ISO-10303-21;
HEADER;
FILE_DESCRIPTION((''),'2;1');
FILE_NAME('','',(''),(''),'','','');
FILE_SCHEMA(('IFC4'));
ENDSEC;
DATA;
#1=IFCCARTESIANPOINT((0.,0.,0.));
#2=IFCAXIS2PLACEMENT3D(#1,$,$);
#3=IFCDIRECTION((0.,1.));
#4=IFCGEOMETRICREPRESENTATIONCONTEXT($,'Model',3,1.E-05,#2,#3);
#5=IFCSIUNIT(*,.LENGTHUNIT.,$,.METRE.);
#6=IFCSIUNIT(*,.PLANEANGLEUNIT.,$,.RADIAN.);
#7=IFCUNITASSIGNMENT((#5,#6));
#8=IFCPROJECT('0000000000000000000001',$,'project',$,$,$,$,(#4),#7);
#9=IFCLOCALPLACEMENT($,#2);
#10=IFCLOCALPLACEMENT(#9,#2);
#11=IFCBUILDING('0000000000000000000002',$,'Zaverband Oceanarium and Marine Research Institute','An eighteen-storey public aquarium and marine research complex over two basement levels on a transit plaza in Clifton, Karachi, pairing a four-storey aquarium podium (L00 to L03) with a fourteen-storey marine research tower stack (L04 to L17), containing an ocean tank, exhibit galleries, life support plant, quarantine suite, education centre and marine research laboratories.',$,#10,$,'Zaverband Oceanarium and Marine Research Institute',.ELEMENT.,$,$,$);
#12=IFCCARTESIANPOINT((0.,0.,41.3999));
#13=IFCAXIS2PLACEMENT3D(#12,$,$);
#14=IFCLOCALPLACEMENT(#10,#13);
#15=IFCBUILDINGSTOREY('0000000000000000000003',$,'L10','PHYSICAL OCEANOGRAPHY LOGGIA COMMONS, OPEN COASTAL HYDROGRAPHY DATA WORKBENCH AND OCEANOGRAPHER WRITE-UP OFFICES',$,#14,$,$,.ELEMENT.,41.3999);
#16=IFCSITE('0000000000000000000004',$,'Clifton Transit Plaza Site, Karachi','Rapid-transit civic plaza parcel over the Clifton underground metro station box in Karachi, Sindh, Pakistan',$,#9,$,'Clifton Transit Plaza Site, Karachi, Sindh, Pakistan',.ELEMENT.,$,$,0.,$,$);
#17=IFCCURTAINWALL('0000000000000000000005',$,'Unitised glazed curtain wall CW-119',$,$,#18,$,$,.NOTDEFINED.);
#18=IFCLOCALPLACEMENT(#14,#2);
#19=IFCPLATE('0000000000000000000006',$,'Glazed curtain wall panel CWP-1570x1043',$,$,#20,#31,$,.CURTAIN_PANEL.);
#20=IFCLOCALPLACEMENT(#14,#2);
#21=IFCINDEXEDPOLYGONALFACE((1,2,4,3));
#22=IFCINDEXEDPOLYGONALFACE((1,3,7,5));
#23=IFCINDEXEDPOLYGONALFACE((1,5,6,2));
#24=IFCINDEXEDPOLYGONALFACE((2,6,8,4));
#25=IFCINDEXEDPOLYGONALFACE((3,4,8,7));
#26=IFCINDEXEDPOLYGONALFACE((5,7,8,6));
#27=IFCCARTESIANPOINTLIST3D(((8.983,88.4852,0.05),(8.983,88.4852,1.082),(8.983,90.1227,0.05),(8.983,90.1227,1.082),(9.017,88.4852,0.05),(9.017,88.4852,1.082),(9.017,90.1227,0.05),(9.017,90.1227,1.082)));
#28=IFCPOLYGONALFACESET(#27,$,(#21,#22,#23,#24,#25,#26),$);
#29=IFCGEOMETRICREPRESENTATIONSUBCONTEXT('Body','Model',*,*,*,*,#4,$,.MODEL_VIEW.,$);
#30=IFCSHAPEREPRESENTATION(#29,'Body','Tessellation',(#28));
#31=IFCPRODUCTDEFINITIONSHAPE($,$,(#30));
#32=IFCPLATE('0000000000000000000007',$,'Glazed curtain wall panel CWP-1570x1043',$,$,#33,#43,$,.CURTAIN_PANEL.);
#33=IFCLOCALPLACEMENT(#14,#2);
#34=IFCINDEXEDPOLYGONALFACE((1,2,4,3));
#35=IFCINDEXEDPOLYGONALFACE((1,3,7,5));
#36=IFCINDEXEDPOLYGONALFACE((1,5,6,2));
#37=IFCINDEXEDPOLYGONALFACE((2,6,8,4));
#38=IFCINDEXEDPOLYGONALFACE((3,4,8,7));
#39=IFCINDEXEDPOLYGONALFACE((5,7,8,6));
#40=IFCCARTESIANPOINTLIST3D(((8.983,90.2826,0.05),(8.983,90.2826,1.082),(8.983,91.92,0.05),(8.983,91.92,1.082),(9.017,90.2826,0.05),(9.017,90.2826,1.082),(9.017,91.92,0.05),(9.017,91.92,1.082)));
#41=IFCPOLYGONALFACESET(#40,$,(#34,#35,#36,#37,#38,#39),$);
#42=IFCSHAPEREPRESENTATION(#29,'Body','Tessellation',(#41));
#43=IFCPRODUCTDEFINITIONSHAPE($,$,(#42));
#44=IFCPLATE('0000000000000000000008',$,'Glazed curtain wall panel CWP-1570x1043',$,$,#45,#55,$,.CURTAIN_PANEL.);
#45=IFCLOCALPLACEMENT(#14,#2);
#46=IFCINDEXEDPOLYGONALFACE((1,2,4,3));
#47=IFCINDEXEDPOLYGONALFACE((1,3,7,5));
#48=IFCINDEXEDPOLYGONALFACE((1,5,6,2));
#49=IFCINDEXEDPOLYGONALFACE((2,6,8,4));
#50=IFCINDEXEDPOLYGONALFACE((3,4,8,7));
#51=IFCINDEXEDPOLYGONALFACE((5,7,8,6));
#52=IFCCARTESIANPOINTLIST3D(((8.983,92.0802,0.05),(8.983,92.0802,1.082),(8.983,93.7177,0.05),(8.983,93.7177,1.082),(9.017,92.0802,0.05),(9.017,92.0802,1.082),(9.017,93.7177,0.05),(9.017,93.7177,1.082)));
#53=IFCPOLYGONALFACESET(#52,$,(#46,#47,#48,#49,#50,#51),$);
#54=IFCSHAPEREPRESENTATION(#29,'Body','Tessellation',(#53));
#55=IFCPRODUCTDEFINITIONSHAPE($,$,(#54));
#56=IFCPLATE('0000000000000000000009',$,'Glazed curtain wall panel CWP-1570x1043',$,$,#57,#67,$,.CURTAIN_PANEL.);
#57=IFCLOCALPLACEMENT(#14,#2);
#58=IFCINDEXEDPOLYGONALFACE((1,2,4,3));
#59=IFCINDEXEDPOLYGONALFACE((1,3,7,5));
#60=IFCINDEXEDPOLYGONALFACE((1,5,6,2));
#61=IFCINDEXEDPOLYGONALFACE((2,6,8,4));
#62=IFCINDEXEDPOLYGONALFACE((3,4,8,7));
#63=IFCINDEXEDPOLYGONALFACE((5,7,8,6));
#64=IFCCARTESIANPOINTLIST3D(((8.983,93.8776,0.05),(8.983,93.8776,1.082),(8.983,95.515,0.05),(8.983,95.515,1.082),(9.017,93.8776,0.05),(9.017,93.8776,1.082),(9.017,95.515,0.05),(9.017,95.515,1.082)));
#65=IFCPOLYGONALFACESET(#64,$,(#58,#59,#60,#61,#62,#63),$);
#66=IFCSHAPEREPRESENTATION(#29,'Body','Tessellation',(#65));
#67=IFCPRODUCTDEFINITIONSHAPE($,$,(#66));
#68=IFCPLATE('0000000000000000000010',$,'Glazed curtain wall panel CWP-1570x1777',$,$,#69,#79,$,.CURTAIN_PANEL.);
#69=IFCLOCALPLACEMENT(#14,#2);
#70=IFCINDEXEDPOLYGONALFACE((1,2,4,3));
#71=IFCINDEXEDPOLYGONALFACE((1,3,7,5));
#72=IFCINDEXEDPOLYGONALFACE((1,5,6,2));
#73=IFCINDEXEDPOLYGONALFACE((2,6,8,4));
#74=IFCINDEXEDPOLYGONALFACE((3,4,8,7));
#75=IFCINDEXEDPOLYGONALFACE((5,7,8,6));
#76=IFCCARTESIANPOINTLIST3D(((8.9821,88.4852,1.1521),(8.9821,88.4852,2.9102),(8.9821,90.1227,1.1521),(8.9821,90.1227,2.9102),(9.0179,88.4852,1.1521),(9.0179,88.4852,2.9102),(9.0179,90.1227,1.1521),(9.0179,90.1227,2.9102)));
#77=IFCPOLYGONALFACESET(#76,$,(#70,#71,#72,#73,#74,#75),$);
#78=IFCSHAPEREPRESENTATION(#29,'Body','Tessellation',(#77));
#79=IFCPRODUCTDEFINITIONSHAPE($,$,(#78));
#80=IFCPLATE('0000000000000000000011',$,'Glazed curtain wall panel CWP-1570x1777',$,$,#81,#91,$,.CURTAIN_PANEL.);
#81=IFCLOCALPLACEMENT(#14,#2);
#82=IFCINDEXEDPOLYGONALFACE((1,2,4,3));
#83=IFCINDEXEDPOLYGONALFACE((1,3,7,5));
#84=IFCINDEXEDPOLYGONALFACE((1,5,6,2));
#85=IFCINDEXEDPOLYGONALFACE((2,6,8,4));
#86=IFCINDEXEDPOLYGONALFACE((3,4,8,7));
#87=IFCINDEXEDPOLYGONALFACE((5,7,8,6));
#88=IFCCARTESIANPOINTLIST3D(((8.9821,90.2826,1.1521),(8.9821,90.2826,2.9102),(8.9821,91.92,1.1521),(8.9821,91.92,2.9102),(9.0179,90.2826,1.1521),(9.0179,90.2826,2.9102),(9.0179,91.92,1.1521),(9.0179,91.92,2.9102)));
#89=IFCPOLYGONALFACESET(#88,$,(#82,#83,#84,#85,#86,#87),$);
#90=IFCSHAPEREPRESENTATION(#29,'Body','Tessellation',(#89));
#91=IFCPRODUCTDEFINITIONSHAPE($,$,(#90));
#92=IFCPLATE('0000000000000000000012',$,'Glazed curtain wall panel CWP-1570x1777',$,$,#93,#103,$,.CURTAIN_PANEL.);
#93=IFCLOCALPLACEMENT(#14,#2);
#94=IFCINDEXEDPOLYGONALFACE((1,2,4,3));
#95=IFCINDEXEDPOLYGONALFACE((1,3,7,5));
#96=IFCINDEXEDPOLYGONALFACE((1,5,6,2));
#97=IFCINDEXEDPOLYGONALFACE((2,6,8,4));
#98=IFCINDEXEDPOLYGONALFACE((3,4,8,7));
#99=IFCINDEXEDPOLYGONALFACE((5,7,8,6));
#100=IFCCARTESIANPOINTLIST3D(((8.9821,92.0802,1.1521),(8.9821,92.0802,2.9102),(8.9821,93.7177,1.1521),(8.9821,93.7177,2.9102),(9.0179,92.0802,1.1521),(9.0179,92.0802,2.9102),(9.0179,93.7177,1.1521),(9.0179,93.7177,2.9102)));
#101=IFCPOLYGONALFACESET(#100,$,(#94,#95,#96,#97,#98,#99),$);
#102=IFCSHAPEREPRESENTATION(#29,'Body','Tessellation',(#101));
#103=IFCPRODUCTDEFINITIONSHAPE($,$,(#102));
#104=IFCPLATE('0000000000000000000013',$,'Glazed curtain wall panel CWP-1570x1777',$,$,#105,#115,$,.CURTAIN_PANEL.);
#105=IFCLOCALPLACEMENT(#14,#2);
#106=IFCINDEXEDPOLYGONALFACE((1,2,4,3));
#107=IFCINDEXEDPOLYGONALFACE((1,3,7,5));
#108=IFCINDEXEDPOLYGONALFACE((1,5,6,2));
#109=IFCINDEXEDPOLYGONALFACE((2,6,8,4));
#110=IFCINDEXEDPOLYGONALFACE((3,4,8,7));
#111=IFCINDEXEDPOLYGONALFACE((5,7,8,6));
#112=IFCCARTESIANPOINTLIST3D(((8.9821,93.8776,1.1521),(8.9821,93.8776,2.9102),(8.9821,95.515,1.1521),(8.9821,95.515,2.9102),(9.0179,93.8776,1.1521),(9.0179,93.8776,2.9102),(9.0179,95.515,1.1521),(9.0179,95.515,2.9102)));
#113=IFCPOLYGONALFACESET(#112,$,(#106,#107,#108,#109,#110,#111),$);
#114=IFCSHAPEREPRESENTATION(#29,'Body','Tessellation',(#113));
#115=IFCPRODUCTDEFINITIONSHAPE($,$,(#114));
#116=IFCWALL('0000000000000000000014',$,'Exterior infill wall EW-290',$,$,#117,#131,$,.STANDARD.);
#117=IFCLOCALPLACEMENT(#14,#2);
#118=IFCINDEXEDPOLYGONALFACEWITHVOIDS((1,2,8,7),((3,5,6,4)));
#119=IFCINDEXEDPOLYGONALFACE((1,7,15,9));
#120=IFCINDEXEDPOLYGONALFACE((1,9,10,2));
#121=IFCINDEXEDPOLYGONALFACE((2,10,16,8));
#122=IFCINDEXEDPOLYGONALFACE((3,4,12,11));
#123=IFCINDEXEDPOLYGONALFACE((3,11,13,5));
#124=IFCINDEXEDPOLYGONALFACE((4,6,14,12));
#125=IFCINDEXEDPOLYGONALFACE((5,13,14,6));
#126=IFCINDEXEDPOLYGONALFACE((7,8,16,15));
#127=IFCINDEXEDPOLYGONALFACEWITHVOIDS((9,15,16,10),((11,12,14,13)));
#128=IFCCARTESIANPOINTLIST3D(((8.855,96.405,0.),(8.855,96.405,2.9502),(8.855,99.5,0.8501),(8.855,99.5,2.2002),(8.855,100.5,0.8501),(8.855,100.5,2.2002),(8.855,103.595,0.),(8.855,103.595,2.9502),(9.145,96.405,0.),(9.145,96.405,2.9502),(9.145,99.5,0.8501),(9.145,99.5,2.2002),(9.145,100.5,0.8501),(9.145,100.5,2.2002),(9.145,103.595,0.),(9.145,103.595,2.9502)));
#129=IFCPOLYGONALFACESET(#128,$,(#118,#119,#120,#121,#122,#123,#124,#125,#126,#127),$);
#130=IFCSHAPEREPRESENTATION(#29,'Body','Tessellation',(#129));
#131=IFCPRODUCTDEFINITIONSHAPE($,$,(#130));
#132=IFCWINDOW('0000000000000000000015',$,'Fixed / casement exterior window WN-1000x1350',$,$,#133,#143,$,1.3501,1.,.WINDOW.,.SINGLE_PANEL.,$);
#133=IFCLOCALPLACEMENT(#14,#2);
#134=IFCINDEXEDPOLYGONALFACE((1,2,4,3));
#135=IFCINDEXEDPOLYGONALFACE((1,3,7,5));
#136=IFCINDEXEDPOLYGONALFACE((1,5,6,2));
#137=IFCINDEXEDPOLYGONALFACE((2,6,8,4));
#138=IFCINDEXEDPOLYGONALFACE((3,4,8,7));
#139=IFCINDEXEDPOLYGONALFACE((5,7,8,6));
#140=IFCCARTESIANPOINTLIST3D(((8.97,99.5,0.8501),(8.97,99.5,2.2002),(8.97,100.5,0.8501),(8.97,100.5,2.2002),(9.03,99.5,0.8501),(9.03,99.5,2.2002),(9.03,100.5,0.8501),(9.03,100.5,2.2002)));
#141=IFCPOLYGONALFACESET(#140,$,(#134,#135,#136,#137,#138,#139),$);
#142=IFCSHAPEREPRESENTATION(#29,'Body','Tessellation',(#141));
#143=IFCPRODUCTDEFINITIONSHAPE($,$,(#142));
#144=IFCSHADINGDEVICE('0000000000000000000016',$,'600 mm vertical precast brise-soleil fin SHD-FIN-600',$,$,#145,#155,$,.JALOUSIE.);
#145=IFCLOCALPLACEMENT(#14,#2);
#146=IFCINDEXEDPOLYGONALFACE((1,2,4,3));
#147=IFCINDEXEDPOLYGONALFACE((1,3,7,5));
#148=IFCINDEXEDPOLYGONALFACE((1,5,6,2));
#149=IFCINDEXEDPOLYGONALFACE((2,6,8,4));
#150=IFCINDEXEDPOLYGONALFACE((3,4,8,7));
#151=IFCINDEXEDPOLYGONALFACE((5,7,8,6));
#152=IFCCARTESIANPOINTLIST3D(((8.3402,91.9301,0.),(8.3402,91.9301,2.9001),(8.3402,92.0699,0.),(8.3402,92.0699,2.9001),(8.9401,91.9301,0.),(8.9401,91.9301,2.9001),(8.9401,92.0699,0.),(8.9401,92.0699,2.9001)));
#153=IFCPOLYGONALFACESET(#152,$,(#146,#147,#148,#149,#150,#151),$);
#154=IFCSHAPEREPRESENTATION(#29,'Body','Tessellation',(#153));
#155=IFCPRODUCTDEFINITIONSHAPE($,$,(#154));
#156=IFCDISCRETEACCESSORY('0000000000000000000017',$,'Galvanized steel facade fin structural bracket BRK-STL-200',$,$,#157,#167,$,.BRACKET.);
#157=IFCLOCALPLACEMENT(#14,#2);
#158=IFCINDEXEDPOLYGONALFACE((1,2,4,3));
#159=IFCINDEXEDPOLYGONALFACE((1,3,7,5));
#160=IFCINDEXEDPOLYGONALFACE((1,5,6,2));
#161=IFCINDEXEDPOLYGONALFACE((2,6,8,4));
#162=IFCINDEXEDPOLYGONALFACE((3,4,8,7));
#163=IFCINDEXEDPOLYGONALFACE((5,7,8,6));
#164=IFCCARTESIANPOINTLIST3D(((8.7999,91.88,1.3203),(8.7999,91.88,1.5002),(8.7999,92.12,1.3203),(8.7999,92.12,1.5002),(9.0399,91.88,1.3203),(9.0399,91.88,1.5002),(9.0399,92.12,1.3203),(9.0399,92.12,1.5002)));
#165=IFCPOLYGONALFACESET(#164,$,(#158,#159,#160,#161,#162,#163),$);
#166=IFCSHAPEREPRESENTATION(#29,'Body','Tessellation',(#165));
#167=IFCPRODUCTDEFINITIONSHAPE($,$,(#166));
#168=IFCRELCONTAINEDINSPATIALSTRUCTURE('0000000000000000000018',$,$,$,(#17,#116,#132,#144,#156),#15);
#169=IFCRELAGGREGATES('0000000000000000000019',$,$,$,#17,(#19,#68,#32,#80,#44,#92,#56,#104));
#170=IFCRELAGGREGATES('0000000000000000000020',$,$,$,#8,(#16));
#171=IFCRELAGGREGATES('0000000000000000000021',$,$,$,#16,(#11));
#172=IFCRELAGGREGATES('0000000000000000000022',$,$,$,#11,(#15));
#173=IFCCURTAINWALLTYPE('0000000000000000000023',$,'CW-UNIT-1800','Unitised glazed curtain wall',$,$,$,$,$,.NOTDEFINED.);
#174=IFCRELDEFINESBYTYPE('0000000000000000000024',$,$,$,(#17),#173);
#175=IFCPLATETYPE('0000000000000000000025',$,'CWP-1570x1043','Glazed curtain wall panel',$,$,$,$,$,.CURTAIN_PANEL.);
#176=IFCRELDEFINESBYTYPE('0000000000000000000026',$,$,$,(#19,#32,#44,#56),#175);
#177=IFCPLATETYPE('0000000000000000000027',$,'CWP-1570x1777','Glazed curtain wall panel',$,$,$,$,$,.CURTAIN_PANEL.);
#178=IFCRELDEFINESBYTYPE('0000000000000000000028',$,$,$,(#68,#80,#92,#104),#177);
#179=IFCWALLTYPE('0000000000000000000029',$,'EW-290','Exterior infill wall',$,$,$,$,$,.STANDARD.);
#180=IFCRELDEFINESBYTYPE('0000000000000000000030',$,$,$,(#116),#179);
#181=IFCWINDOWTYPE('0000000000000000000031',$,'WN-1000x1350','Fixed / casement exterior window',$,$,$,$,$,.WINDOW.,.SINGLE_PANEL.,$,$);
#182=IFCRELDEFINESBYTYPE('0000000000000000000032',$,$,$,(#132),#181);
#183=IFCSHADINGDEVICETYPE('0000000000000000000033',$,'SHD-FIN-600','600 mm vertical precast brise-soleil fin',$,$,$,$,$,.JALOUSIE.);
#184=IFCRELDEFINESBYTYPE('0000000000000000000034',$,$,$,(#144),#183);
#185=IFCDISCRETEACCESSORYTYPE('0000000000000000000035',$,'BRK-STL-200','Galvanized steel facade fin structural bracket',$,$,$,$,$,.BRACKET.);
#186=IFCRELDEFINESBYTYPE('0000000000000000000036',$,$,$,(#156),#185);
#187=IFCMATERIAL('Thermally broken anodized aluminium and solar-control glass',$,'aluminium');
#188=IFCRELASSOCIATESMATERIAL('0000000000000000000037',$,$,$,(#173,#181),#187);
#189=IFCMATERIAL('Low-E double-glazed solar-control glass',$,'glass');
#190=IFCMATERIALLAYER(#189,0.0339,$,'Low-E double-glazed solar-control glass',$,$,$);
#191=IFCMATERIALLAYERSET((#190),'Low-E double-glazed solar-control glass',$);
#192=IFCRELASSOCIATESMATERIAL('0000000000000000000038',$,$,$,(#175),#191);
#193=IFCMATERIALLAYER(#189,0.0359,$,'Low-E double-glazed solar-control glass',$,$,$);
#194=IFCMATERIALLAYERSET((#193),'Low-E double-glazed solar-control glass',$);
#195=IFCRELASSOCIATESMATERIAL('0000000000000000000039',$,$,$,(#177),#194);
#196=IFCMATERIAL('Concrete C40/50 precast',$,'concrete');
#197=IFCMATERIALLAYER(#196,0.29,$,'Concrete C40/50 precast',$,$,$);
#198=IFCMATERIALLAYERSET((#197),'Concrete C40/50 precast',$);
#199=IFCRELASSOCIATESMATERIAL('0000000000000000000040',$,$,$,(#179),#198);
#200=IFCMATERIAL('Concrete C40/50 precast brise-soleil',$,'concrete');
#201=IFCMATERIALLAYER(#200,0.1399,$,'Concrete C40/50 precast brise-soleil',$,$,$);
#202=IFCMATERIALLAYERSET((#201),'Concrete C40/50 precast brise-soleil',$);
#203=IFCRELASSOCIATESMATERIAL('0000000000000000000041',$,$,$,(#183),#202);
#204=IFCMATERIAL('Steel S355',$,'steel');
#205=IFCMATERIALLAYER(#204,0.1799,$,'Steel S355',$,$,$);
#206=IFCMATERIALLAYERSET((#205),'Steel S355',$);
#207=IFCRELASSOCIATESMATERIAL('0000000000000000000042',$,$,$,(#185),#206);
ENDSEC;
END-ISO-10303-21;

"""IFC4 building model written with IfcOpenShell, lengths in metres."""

from ifc_helpers import new_model, si_unit, direction, frame, frame_2d, origin, origin_2d, place, context, subcontext, project, spatial, rectangle, extrude, material, layer, layer_set, type_object, element, fill, aggregate, save


model = new_model("IFC4")

# Units and contexts
model_context = context("Model", 3, precision=1e-05, world=origin(), true_north=direction((0.0, 1.0)))
body_context = subcontext(model_context, "Body", "Model", "MODEL_VIEW")
ifc_project = project(units=[si_unit("LENGTHUNIT", "METRE"), si_unit("PLANEANGLEUNIT", "RADIAN")], contexts=[model_context])

# Site, building, storey
site_placement = place(None, origin())
site = spatial("IfcSite", under=ifc_project, at=site_placement, Name="Clifton Transit Plaza Site, Karachi", Description="Rapid-transit civic plaza parcel over the Clifton underground metro station box in Karachi, Sindh, Pakistan", LongName="Clifton Transit Plaza Site, Karachi, Sindh, Pakistan", CompositionType="ELEMENT", RefElevation=0.0)
building_placement = place(site_placement, origin())
building = spatial("IfcBuilding", under=site, at=building_placement, Name="Zaverband Oceanarium and Marine Research Institute", Description="An eighteen-storey public aquarium and marine research complex over two basement levels on a transit plaza in Clifton, Karachi, pairing a four-storey aquarium podium (L00 to L03) with a fourteen-storey marine research tower stack (L04 to L17), containing an ocean tank, exhibit galleries, life support plant, quarantine suite, education centre and marine research laboratories.", LongName="Zaverband Oceanarium and Marine Research Institute", CompositionType="ELEMENT")
storey_placement = place(building_placement, frame((0.0, 0.0, 41.3999)))
storey = spatial("IfcBuildingStorey", under=building, at=storey_placement, Name="L10", Description="PHYSICAL OCEANOGRAPHY LOGGIA COMMONS, OPEN COASTAL HYDROGRAPHY DATA WORKBENCH AND OCEANOGRAPHER WRITE-UP OFFICES", CompositionType="ELEMENT", Elevation=41.3999)

# Curtain wall
ifc_material_1 = material(Name="Thermally broken anodized aluminium and solar-control glass", Category="aluminium")
curtain_wall_type = type_object("IfcCurtainWallType", Name="CW-UNIT-1800", Description="Unitised glazed curtain wall", PredefinedType="NOTDEFINED", material=ifc_material_1)
curtain_wall_placement = place(storey_placement, origin())
curtain_wall = element("IfcCurtainWall", 1, at=curtain_wall_placement, inside=storey, type_object=curtain_wall_type, Name="Unitised glazed curtain wall CW-119", PredefinedType="NOTDEFINED")

# Plates
ifc_material_2 = material(Name="Low-E double-glazed solar-control glass", Category="glass")
ifc_layer_1 = layer(ifc_material_2, 0.0339, Name="Low-E double-glazed solar-control glass")
ifc_layer_set_1 = layer_set([ifc_layer_1], Name="Low-E double-glazed solar-control glass")
plate_type_1 = type_object("IfcPlateType", Name="CWP-1570x1043", Description="Glazed curtain wall panel", PredefinedType="CURTAIN_PANEL", material=ifc_layer_set_1)
plate_1_placement = place(storey_placement, frame((9.0, 88.4851, 0.05), z_axis=(0.0, 0.0, 1.0), x_axis=(0.0, 1.0, 0.0)))
plate_1 = element("IfcPlate", 2, at=plate_1_placement, type_object=plate_type_1, Name="Glazed curtain wall panel CWP-1570x1043", PredefinedType="CURTAIN_PANEL", context=body_context, shape_type="SweptSolid", body=[
    extrude(rectangle(XDim=1.6375, YDim=0.0339, at=frame_2d((0.8188, 0.0))), origin(), (0.0, 0.0, 1.0), 1.032),
])
plate_2_placement = place(storey_placement, frame((9.0, 90.2825, 0.05), z_axis=(0.0, 0.0, 1.0), x_axis=(0.0, 1.0, 0.0)))
plate_2 = element("IfcPlate", 3, at=plate_2_placement, type_object=plate_type_1, Name="Glazed curtain wall panel CWP-1570x1043", PredefinedType="CURTAIN_PANEL", context=body_context, shape_type="SweptSolid", body=[
    extrude(rectangle(XDim=1.6375, YDim=0.0339, at=frame_2d((0.8188, 0.0))), origin(), (0.0, 0.0, 1.0), 1.032),
])
plate_3_placement = place(storey_placement, frame((9.0, 92.0801, 0.05), z_axis=(0.0, 0.0, 1.0), x_axis=(0.0, 1.0, 0.0)))
plate_3 = element("IfcPlate", 4, at=plate_3_placement, type_object=plate_type_1, Name="Glazed curtain wall panel CWP-1570x1043", PredefinedType="CURTAIN_PANEL", context=body_context, shape_type="SweptSolid", body=[
    extrude(rectangle(XDim=1.6375, YDim=0.0339, at=frame_2d((0.8188, 0.0))), origin(), (0.0, 0.0, 1.0), 1.032),
])
plate_4_placement = place(storey_placement, frame((9.0, 93.8774, 0.05), z_axis=(0.0, 0.0, 1.0), x_axis=(0.0, 1.0, 0.0)))
plate_4 = element("IfcPlate", 5, at=plate_4_placement, type_object=plate_type_1, Name="Glazed curtain wall panel CWP-1570x1043", PredefinedType="CURTAIN_PANEL", context=body_context, shape_type="SweptSolid", body=[
    extrude(rectangle(XDim=1.6375, YDim=0.0339, at=frame_2d((0.8188, 0.0))), origin(), (0.0, 0.0, 1.0), 1.032),
])
ifc_layer_2 = layer(ifc_material_2, 0.0359, Name="Low-E double-glazed solar-control glass")
ifc_layer_set_2 = layer_set([ifc_layer_2], Name="Low-E double-glazed solar-control glass")
plate_type_2 = type_object("IfcPlateType", Name="CWP-1570x1777", Description="Glazed curtain wall panel", PredefinedType="CURTAIN_PANEL", material=ifc_layer_set_2)
plate_5_placement = place(storey_placement, frame((9.0, 88.4851, 1.1521), z_axis=(0.0, 0.0, 1.0), x_axis=(0.0, 1.0, 0.0)))
plate_5 = element("IfcPlate", 6, at=plate_5_placement, type_object=plate_type_2, Name="Glazed curtain wall panel CWP-1570x1777", PredefinedType="CURTAIN_PANEL", context=body_context, shape_type="SweptSolid", body=[
    extrude(rectangle(XDim=1.6375, YDim=0.0359, at=frame_2d((0.8188, 0.0))), origin(), (0.0, 0.0, 1.0), 1.7581),
])
plate_6_placement = place(storey_placement, frame((9.0, 90.2825, 1.1521), z_axis=(0.0, 0.0, 1.0), x_axis=(0.0, 1.0, 0.0)))
plate_6 = element("IfcPlate", 7, at=plate_6_placement, type_object=plate_type_2, Name="Glazed curtain wall panel CWP-1570x1777", PredefinedType="CURTAIN_PANEL", context=body_context, shape_type="SweptSolid", body=[
    extrude(rectangle(XDim=1.6375, YDim=0.0359, at=frame_2d((0.8188, 0.0))), origin(), (0.0, 0.0, 1.0), 1.7581),
])
plate_7_placement = place(storey_placement, frame((9.0, 92.0801, 1.1521), z_axis=(0.0, 0.0, 1.0), x_axis=(0.0, 1.0, 0.0)))
plate_7 = element("IfcPlate", 8, at=plate_7_placement, type_object=plate_type_2, Name="Glazed curtain wall panel CWP-1570x1777", PredefinedType="CURTAIN_PANEL", context=body_context, shape_type="SweptSolid", body=[
    extrude(rectangle(XDim=1.6375, YDim=0.0359, at=frame_2d((0.8188, 0.0))), origin(), (0.0, 0.0, 1.0), 1.7581),
])
plate_8_placement = place(storey_placement, frame((9.0, 93.8774, 1.1521), z_axis=(0.0, 0.0, 1.0), x_axis=(0.0, 1.0, 0.0)))
plate_8 = element("IfcPlate", 9, at=plate_8_placement, type_object=plate_type_2, Name="Glazed curtain wall panel CWP-1570x1777", PredefinedType="CURTAIN_PANEL", context=body_context, shape_type="SweptSolid", body=[
    extrude(rectangle(XDim=1.6375, YDim=0.0359, at=frame_2d((0.8188, 0.0))), origin(), (0.0, 0.0, 1.0), 1.7581),
])
aggregate(curtain_wall, [plate_1, plate_5, plate_2, plate_6, plate_3, plate_7, plate_4, plate_8])

# Wall, opening, window
ifc_material_3 = material(Name="Concrete C40/50 precast", Category="concrete")
ifc_layer_3 = layer(ifc_material_3, 0.29, Name="Concrete C40/50 precast")
ifc_layer_set_3 = layer_set([ifc_layer_3], Name="Concrete C40/50 precast")
wall_type = type_object("IfcWallType", Name="EW-290", Description="Exterior infill wall", PredefinedType="STANDARD", material=ifc_layer_set_3)
wall_placement = place(storey_placement, frame((9.0, 96.405, 0.0), z_axis=(0.0, 0.0, 1.0), x_axis=(0.0, 1.0, 0.0)))
wall = element("IfcWall", 10, at=wall_placement, inside=storey, type_object=wall_type, Name="Exterior infill wall EW-290", PredefinedType="STANDARD", context=body_context, shape_type="SweptSolid", body=[
    extrude(rectangle(XDim=7.1899, YDim=0.29, at=frame_2d((3.595, 0.0))), origin(), (0.0, 0.0, 1.0), 2.9502),
])
opening_placement = place(wall_placement, frame((3.095, 0.0, 0.8501)))
opening = element("IfcOpeningElement", 11, at=opening_placement, cuts=wall, PredefinedType="OPENING", context=body_context, shape_type="SweptSolid", body=[
    extrude(rectangle(XDim=1.0, YDim=1.3501, at=frame_2d((0.5, 0.675))), frame((0.0, 0.157, 0.0), z_axis=(0.0, -1.0, 0.0), x_axis=(1.0, 0.0, 0.0)), (0.0, 0.0, 1.0), 0.314),
])
window_type = type_object("IfcWindowType", Name="WN-1000x1350", Description="Fixed / casement exterior window", PartitioningType="SINGLE_PANEL", PredefinedType="WINDOW", material=ifc_material_1)
window_placement = place(opening_placement, origin())
window = element("IfcWindow", 12, at=window_placement, inside=storey, type_object=window_type, Name="Fixed / casement exterior window WN-1000x1350", OverallHeight=1.3501, OverallWidth=1.0, PartitioningType="SINGLE_PANEL", PredefinedType="WINDOW", context=body_context, shape_type="SweptSolid", body=[
    extrude(rectangle(XDim=1.0, YDim=1.3501, at=frame_2d((0.5, 0.675))), frame((0.0, 0.03, 0.0), z_axis=(0.0, -1.0, 0.0), x_axis=(1.0, 0.0, 0.0)), (0.0, 0.0, 1.0), 0.0601),
])
fill(opening, window)

# Shading device
ifc_material_4 = material(Name="Concrete C40/50 precast brise-soleil", Category="concrete")
ifc_layer_4 = layer(ifc_material_4, 0.1399, Name="Concrete C40/50 precast brise-soleil")
ifc_layer_set_4 = layer_set([ifc_layer_4], Name="Concrete C40/50 precast brise-soleil")
shading_device_type = type_object("IfcShadingDeviceType", Name="SHD-FIN-600", Description="600 mm vertical precast brise-soleil fin", PredefinedType="JALOUSIE", material=ifc_layer_set_4)
shading_device_placement = place(storey_placement, frame((8.9399, 92.0, 0.0), z_axis=(0.0, 0.0, 1.0), x_axis=(-1.0, 0.0, 0.0)))
element("IfcShadingDevice", 13, at=shading_device_placement, inside=storey, type_object=shading_device_type, Name="600 mm vertical precast brise-soleil fin SHD-FIN-600", PredefinedType="JALOUSIE", context=body_context, shape_type="SweptSolid", body=[
    extrude(rectangle(XDim=0.5999, YDim=0.1399, at=frame_2d((0.2998, 0.0))), origin(), (0.0, 0.0, 1.0), 2.9001),
])

# Discrete accessory
ifc_material_5 = material(Name="Steel S355", Category="steel")
ifc_layer_5 = layer(ifc_material_5, 0.1799, Name="Steel S355")
ifc_layer_set_5 = layer_set([ifc_layer_5], Name="Steel S355")
discrete_accessory_type = type_object("IfcDiscreteAccessoryType", Name="BRK-STL-200", Description="Galvanized steel facade fin structural bracket", PredefinedType="BRACKET", material=ifc_layer_set_5)
discrete_accessory_placement = place(storey_placement, frame((8.9199, 92.0, 1.3203), z_axis=(0.0, 0.0, 1.0), x_axis=(1.0, 0.0, 0.0)))
element("IfcDiscreteAccessory", 14, at=discrete_accessory_placement, inside=storey, type_object=discrete_accessory_type, Name="Galvanized steel facade fin structural bracket BRK-STL-200", PredefinedType="BRACKET", context=body_context, shape_type="SweptSolid", body=[
    extrude(rectangle(XDim=0.24, YDim=0.24, at=origin_2d()), origin(), (0.0, 0.0, 1.0), 0.1799),
])

save(model, "model.ifc")
